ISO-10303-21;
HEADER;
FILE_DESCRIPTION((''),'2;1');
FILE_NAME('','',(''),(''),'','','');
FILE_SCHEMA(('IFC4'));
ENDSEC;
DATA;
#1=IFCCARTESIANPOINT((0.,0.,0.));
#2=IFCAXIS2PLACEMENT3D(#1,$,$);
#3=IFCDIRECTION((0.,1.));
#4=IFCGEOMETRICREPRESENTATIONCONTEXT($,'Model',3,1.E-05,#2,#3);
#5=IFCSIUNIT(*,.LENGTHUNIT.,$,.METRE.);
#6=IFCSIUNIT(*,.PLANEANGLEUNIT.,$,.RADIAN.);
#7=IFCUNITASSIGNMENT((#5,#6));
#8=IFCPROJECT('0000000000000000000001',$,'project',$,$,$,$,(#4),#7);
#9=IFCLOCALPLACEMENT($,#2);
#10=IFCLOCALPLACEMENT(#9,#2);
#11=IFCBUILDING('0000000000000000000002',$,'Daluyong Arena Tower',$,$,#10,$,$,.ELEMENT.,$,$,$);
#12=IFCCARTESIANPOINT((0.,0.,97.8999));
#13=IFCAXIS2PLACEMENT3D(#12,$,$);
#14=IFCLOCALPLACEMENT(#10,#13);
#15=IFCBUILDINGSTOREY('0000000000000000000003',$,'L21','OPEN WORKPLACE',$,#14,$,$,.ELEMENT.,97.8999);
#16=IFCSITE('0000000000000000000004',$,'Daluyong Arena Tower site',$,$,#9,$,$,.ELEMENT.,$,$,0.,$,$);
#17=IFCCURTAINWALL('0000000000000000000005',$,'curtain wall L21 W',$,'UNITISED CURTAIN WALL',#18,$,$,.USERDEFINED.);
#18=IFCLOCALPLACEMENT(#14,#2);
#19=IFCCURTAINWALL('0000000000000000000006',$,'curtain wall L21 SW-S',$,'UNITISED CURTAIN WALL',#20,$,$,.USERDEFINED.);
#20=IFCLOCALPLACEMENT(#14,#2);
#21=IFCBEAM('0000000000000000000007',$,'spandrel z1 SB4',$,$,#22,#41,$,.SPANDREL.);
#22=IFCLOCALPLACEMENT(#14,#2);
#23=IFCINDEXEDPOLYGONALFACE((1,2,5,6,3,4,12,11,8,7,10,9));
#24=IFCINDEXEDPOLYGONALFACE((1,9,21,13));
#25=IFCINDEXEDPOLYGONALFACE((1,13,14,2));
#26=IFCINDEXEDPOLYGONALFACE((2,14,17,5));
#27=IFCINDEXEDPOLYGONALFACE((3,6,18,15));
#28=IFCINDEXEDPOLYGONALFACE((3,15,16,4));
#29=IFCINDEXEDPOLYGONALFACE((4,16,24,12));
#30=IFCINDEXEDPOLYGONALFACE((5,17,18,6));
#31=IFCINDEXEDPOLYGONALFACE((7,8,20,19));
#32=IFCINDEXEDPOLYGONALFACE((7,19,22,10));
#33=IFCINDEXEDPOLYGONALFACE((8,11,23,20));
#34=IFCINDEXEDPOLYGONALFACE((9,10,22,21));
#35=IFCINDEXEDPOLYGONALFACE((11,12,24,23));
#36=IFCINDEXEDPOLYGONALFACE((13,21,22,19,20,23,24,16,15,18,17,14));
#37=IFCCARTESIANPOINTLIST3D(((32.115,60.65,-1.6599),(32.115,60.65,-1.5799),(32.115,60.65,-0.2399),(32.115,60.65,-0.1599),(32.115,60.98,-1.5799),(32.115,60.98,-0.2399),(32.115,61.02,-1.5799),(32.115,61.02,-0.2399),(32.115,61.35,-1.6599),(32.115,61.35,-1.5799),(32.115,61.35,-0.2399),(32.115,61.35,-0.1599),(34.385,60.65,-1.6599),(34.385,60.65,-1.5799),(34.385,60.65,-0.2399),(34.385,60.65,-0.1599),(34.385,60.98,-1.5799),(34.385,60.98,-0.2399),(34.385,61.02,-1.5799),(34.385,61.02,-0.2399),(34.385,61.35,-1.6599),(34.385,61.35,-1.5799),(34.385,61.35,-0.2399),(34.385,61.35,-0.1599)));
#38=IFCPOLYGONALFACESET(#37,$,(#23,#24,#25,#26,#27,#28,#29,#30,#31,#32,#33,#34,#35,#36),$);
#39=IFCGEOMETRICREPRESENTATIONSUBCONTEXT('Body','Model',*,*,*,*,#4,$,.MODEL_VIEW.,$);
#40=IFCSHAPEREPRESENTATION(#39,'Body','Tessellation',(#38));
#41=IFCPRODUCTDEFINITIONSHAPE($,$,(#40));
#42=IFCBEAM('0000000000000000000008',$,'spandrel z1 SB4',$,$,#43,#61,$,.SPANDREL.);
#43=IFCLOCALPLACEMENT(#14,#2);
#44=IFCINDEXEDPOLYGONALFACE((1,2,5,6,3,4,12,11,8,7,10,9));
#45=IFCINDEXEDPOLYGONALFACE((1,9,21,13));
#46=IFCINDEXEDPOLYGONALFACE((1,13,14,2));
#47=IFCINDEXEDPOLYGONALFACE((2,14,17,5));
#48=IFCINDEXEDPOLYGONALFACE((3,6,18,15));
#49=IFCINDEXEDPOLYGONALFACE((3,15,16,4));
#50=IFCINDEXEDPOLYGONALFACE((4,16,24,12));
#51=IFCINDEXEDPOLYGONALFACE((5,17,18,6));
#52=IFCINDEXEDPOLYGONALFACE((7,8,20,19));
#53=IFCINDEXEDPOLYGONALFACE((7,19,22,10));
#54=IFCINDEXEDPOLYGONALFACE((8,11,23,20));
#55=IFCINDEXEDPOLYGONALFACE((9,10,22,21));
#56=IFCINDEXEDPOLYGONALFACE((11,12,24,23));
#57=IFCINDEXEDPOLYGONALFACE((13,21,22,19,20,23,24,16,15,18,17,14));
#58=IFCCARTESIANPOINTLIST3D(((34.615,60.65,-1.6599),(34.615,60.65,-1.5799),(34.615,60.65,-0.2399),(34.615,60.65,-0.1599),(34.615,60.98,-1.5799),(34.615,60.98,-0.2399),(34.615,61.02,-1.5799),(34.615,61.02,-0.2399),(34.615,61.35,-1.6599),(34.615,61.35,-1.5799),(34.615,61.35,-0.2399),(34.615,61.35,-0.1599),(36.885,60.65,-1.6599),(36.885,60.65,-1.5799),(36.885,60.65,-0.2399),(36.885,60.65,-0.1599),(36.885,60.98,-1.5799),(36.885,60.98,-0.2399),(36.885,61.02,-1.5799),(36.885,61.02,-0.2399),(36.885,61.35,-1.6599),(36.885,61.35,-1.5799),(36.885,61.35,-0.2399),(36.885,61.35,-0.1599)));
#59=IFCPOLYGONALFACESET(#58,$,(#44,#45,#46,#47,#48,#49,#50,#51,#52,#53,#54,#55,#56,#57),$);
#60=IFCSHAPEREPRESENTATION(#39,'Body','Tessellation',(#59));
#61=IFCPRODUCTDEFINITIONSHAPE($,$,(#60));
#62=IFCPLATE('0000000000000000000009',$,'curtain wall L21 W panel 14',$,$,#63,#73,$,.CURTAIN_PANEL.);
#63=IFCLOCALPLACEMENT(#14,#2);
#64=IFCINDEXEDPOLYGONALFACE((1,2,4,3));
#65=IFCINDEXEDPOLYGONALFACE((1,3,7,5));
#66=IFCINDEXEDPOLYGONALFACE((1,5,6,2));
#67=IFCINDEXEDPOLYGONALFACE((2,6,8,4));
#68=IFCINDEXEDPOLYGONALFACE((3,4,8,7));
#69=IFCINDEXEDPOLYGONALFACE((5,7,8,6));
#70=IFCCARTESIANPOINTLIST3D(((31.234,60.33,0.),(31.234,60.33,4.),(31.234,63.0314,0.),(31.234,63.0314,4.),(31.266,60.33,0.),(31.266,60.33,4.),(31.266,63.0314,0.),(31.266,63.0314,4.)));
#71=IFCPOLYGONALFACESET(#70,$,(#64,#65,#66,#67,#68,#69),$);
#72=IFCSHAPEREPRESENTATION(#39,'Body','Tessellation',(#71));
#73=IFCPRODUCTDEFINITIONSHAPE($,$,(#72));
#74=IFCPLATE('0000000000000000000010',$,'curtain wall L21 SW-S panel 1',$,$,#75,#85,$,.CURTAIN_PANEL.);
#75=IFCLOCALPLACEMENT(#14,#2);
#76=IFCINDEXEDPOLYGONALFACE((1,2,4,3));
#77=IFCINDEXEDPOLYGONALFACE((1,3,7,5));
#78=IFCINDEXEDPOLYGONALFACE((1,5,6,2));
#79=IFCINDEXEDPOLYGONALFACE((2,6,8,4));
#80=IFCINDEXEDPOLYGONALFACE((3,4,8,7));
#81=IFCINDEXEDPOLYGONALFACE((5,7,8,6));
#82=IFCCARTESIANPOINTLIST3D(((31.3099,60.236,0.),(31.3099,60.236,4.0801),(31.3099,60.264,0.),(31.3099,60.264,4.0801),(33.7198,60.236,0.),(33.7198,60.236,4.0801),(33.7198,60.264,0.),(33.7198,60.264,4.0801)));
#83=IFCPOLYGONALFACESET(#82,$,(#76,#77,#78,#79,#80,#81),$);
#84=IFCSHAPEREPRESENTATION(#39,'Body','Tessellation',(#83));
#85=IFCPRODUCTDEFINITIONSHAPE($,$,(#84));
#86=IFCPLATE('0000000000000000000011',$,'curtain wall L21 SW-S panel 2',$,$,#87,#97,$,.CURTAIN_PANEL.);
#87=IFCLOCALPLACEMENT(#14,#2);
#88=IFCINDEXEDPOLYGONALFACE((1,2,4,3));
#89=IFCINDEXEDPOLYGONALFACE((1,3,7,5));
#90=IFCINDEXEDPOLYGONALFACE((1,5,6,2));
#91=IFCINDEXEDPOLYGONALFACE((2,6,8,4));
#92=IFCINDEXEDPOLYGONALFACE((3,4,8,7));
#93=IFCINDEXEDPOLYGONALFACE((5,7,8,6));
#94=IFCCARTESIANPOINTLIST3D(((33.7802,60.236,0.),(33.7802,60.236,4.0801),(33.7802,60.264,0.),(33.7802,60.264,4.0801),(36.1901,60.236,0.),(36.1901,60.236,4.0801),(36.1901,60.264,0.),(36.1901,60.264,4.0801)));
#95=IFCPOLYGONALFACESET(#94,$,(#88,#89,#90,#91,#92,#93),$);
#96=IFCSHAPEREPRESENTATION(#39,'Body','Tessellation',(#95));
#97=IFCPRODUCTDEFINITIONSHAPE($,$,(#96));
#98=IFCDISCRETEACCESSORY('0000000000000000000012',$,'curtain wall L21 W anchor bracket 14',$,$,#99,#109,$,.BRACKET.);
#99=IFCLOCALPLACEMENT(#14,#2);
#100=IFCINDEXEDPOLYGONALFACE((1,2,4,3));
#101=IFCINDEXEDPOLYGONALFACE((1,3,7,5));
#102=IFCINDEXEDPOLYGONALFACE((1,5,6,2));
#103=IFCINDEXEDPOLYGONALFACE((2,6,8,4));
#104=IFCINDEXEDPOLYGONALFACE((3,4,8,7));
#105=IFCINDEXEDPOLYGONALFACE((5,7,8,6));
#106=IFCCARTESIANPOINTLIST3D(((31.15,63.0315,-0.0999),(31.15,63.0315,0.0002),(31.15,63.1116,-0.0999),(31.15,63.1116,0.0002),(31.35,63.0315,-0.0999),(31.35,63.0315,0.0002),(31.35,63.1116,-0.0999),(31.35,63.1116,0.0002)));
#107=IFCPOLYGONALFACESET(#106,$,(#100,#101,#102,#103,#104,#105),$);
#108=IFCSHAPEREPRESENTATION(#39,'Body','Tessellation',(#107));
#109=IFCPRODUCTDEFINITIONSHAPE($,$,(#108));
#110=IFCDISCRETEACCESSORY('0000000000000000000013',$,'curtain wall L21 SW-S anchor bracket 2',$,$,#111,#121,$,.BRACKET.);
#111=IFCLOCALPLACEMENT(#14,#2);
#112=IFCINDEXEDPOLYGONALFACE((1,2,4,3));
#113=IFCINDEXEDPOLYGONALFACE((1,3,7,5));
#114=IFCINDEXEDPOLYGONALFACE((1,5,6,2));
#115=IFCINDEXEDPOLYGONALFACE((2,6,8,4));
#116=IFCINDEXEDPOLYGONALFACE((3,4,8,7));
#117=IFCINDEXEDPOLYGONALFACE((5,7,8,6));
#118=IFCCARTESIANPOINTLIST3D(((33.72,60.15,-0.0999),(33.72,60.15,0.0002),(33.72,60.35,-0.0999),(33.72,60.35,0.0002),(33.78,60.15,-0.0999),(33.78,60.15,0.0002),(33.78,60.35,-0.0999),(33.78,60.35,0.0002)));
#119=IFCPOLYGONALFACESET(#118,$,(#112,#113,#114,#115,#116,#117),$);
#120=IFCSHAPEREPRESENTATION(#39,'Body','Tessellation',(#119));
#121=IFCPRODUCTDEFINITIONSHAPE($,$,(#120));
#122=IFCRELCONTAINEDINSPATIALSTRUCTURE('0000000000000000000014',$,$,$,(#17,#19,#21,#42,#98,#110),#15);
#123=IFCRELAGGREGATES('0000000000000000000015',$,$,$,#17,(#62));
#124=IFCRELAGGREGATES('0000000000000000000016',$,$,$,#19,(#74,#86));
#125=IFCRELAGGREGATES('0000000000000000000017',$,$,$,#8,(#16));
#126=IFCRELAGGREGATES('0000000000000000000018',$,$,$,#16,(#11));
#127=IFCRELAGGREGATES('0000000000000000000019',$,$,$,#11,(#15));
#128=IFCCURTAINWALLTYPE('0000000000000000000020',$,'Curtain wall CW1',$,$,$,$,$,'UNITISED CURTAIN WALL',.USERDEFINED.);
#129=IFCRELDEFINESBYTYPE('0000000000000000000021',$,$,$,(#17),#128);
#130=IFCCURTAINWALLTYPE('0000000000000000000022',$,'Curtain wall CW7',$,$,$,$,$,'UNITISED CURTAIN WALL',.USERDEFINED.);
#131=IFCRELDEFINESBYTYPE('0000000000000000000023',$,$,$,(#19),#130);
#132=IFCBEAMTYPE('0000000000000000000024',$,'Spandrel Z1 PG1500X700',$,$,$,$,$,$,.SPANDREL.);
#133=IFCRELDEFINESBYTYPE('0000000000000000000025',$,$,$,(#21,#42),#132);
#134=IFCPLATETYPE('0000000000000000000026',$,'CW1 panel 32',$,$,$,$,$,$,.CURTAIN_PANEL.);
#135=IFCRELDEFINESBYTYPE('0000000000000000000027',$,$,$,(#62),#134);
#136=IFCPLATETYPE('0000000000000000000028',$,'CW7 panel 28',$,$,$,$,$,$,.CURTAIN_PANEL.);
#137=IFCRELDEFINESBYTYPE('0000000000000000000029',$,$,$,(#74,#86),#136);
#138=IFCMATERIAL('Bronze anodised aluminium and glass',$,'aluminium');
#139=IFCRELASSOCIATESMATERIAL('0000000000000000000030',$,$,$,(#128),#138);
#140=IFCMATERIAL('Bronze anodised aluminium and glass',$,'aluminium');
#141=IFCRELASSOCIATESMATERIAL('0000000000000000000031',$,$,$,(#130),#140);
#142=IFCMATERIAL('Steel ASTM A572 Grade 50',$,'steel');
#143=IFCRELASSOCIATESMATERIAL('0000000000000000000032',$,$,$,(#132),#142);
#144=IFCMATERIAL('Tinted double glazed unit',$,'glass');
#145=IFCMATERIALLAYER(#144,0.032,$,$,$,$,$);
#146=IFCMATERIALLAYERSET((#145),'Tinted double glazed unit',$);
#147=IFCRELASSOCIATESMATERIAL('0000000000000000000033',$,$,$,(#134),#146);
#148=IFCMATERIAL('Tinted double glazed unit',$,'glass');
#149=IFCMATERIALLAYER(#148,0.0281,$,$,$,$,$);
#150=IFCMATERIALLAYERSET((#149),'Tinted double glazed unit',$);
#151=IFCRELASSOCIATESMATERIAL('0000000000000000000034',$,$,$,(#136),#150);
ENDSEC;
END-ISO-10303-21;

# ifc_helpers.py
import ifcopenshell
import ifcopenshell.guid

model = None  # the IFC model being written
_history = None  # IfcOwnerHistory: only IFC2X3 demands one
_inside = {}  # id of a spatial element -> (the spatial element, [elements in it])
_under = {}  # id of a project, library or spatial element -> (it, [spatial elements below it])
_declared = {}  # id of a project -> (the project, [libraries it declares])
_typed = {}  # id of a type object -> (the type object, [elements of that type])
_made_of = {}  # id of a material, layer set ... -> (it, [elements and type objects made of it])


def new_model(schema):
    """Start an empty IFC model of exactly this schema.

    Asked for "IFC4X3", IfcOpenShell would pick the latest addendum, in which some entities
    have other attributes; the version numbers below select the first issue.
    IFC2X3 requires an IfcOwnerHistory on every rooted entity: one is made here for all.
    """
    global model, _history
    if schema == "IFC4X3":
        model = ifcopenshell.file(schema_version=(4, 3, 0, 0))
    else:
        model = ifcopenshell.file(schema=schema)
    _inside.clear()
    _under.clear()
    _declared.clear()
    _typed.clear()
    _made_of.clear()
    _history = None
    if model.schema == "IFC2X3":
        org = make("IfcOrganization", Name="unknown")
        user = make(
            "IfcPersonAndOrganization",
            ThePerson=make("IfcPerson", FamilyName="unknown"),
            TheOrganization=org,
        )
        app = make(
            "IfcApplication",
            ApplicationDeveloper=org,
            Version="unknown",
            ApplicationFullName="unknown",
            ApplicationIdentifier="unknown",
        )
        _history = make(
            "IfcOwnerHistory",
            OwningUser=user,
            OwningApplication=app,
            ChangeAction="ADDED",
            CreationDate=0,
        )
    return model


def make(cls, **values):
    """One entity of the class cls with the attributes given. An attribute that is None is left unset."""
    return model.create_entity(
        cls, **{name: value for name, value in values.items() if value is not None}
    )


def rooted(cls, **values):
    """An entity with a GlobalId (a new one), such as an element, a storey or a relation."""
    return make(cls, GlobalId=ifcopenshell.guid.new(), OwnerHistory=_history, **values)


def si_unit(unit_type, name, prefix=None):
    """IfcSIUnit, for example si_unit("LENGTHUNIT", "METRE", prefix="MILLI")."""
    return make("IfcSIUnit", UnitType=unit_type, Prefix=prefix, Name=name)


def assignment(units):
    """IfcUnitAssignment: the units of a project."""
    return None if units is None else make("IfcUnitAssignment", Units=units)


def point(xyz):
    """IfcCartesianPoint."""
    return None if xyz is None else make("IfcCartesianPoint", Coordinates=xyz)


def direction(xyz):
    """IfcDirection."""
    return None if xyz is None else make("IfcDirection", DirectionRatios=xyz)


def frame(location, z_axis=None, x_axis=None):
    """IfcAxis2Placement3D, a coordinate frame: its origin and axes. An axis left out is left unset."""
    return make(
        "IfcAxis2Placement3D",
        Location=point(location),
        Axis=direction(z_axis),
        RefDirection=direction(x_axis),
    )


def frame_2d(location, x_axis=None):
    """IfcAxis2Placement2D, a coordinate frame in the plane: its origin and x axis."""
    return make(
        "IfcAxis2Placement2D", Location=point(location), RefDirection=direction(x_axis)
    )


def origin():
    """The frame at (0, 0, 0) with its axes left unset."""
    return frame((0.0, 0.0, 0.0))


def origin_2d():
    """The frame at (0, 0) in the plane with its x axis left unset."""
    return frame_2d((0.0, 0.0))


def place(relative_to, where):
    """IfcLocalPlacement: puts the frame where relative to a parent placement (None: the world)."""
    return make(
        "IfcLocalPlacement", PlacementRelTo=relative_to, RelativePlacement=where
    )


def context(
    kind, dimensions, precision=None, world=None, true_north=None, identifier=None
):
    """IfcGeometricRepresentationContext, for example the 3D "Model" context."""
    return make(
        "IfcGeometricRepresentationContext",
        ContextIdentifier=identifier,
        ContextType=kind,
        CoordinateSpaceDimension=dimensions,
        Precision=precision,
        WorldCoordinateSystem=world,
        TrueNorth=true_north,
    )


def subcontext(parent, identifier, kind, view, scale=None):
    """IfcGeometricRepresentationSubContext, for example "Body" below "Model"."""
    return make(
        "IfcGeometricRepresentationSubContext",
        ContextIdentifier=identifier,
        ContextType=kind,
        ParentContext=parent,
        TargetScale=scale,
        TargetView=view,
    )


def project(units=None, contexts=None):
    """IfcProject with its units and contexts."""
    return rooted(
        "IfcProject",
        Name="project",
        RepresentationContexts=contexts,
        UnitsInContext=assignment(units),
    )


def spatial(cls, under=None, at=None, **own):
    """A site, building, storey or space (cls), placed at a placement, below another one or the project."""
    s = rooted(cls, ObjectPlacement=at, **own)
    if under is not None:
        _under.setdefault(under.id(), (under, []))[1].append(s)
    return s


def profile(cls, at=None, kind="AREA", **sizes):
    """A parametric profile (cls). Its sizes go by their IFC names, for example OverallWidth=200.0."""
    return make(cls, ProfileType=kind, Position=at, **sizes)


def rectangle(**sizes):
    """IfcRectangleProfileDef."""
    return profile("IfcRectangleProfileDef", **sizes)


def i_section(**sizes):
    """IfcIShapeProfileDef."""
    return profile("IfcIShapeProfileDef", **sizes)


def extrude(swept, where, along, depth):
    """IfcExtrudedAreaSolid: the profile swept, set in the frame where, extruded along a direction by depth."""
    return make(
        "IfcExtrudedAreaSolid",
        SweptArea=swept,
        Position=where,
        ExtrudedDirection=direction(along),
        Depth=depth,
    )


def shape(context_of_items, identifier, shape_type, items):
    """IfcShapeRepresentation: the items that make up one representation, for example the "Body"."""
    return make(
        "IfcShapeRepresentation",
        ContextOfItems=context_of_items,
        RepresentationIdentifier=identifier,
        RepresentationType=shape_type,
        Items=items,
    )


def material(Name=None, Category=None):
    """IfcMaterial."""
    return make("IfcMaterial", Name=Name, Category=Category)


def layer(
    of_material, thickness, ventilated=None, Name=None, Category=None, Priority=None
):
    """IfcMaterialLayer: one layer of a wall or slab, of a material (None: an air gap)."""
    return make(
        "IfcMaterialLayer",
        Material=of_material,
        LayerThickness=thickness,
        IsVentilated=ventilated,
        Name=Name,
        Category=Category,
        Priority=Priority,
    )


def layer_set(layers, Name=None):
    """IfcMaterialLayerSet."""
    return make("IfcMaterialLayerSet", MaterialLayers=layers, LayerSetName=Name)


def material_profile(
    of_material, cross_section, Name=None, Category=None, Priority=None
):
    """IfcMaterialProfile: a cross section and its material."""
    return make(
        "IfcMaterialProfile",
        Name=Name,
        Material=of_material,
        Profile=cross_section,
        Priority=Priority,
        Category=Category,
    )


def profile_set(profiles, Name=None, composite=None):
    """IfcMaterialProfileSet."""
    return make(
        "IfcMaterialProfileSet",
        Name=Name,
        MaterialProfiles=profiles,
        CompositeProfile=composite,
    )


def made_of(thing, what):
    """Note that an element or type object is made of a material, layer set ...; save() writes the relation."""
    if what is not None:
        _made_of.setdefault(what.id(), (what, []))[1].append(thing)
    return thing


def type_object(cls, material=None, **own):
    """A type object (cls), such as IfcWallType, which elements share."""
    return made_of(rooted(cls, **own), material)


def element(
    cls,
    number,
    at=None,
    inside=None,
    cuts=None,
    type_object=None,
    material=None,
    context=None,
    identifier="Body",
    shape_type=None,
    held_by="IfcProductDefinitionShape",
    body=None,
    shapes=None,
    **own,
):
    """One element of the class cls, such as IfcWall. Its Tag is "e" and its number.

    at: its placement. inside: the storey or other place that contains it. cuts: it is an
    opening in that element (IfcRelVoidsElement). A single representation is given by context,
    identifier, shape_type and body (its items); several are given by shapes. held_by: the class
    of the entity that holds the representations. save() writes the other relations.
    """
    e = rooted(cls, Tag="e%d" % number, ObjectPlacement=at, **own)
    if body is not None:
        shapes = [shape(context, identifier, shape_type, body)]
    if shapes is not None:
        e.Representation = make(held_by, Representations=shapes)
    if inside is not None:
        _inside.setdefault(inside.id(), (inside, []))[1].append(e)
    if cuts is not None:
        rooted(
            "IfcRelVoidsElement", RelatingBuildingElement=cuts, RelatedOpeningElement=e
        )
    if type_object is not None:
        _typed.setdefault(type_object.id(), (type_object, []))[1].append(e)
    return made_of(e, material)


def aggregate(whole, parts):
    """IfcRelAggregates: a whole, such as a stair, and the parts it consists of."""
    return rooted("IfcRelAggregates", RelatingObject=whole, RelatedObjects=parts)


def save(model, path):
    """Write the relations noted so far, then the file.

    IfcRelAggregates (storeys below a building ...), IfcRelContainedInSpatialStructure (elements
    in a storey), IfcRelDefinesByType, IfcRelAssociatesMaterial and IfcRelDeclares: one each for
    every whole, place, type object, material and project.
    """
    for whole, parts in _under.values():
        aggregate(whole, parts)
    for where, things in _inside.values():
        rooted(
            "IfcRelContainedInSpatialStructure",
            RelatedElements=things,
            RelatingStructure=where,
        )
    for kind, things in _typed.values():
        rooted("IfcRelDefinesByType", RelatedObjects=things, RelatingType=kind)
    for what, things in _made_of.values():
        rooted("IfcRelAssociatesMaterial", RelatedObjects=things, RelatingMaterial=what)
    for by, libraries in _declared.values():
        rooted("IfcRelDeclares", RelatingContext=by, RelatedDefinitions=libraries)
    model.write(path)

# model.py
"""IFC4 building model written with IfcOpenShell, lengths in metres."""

from ifc_helpers import new_model, si_unit, direction, frame, origin, origin_2d, place, context, subcontext, project, spatial, rectangle, i_section, extrude, material, layer, layer_set, material_profile, profile_set, type_object, element, aggregate, save


model = new_model("IFC4")

# Units and contexts
model_context = context("Model", 3, precision=1e-05, world=origin(), true_north=direction((0.0, 1.0)))
body_context = subcontext(model_context, "Body", "Model", "MODEL_VIEW")
ifc_project = project(units=[si_unit("LENGTHUNIT", "METRE"), si_unit("PLANEANGLEUNIT", "RADIAN")], contexts=[model_context])

# Site, building, storey
site_placement = place(None, origin())
site = spatial("IfcSite", under=ifc_project, at=site_placement, Name="Daluyong Arena Tower site", CompositionType="ELEMENT", RefElevation=0.0)
building_placement = place(site_placement, origin())
building = spatial("IfcBuilding", under=site, at=building_placement, Name="Daluyong Arena Tower", CompositionType="ELEMENT")
storey_placement = place(building_placement, frame((0.0, 0.0, 97.8999)))
storey = spatial("IfcBuildingStorey", under=building, at=storey_placement, Name="L21", Description="OPEN WORKPLACE", CompositionType="ELEMENT", Elevation=97.8999)

# Curtain walls
ifc_material_1 = material(Name="Bronze anodised aluminium and glass", Category="aluminium")
curtain_wall_type_1 = type_object("IfcCurtainWallType", Name="Curtain wall CW1", ElementType="UNITISED CURTAIN WALL", PredefinedType="USERDEFINED", material=ifc_material_1)
curtain_wall_1_placement = place(storey_placement, origin())
curtain_wall_1 = element("IfcCurtainWall", 1, at=curtain_wall_1_placement, inside=storey, type_object=curtain_wall_type_1, Name="curtain wall L21 W", ObjectType="UNITISED CURTAIN WALL", PredefinedType="USERDEFINED")
ifc_material_2 = material(Name="Bronze anodised aluminium and glass", Category="aluminium")
curtain_wall_type_2 = type_object("IfcCurtainWallType", Name="Curtain wall CW7", ElementType="UNITISED CURTAIN WALL", PredefinedType="USERDEFINED", material=ifc_material_2)
curtain_wall_2_placement = place(storey_placement, origin())
curtain_wall_2 = element("IfcCurtainWall", 2, at=curtain_wall_2_placement, inside=storey, type_object=curtain_wall_type_2, Name="curtain wall L21 SW-S", ObjectType="UNITISED CURTAIN WALL", PredefinedType="USERDEFINED")

# Beams
ifc_material_3 = material(Name="Steel ASTM A572 Grade 50", Category="steel")
ifc_material_profile_1 = material_profile(ifc_material_3, i_section(OverallWidth=0.7, OverallDepth=1.5, WebThickness=0.04, FlangeThickness=0.08, at=origin_2d()))
ifc_profile_set_1 = profile_set([ifc_material_profile_1], Name="Steel ASTM A572 Grade 50")
beam_type = type_object("IfcBeamType", Name="Spandrel Z1 PG1500X700", PredefinedType="SPANDREL", material=ifc_profile_set_1)
for number, where, z_axis, x_axis, name in (
    (3, (32.115, 61.0, -0.9099), (1.0, 0.0, 0.0), (0.0, 1.0, 0.0), "spandrel z1 SB4"),
    (4, (34.615, 61.0, -0.9099), (1.0, 0.0, 0.0), (0.0, 1.0, 0.0), "spandrel z1 SB4"),
):
    element("IfcBeam", number, at=place(storey_placement, frame(where, z_axis=z_axis, x_axis=x_axis)), inside=storey, type_object=beam_type, Name=name, PredefinedType="SPANDREL", context=body_context, shape_type="SweptSolid", body=[
        extrude(i_section(OverallWidth=0.7, OverallDepth=1.5, WebThickness=0.04, FlangeThickness=0.08, at=origin_2d()), origin(), (0.0, 0.0, 1.0), 2.27),
    ])

# Plates
ifc_material_4 = material(Name="Tinted double glazed unit", Category="glass")
ifc_layer_1 = layer(ifc_material_4, 0.032)
ifc_layer_set_1 = layer_set([ifc_layer_1], Name="Tinted double glazed unit")
plate_type_1 = type_object("IfcPlateType", Name="CW1 panel 32", PredefinedType="CURTAIN_PANEL", material=ifc_layer_set_1)
plate_1_placement = place(storey_placement, frame((31.25, 61.6807, 0.0), z_axis=(0.0, 0.0, 1.0), x_axis=(0.0, -1.0, 0.0)))
plate_1 = element("IfcPlate", 5, at=plate_1_placement, type_object=plate_type_1, Name="curtain wall L21 W panel 14", PredefinedType="CURTAIN_PANEL", context=body_context, shape_type="SweptSolid", body=[
    extrude(rectangle(XDim=2.7014, YDim=0.032, at=origin_2d()), origin(), (0.0, 0.0, 1.0), 4.0),
])
aggregate(curtain_wall_1, [plate_1])
ifc_material_5 = material(Name="Tinted double glazed unit", Category="glass")
ifc_layer_2 = layer(ifc_material_5, 0.0281)
ifc_layer_set_2 = layer_set([ifc_layer_2], Name="Tinted double glazed unit")
plate_type_2 = type_object("IfcPlateType", Name="CW7 panel 28", PredefinedType="CURTAIN_PANEL", material=ifc_layer_set_2)
plate_2_placement = place(storey_placement, frame((32.5149, 60.25, 0.0), z_axis=(0.0, 0.0, 1.0), x_axis=(1.0, 0.0, 0.0)))
plate_2 = element("IfcPlate", 6, at=plate_2_placement, type_object=plate_type_2, Name="curtain wall L21 SW-S panel 1", PredefinedType="CURTAIN_PANEL", context=body_context, shape_type="SweptSolid", body=[
    extrude(rectangle(XDim=2.4099, YDim=0.0281, at=origin_2d()), origin(), (0.0, 0.0, 1.0), 4.0801),
])
plate_3_placement = place(storey_placement, frame((34.9851, 60.25, 0.0), z_axis=(0.0, 0.0, 1.0), x_axis=(1.0, 0.0, 0.0)))
plate_3 = element("IfcPlate", 7, at=plate_3_placement, type_object=plate_type_2, Name="curtain wall L21 SW-S panel 2", PredefinedType="CURTAIN_PANEL", context=body_context, shape_type="SweptSolid", body=[
    extrude(rectangle(XDim=2.4099, YDim=0.0281, at=origin_2d()), origin(), (0.0, 0.0, 1.0), 4.0801),
])
aggregate(curtain_wall_2, [plate_2, plate_3])

# Discrete accessories
discrete_accessory_1_placement = place(storey_placement, frame((31.25, 63.0715, -0.0999), z_axis=(0.0, 0.0, 1.0), x_axis=(0.0, -1.0, 0.0)))
element("IfcDiscreteAccessory", 8, at=discrete_accessory_1_placement, inside=storey, Name="curtain wall L21 W anchor bracket 14", PredefinedType="BRACKET", context=body_context, shape_type="SweptSolid", body=[
    extrude(rectangle(XDim=0.0801, YDim=0.2, at=origin_2d()), origin(), (0.0, 0.0, 1.0), 0.1001),
])
discrete_accessory_2_placement = place(storey_placement, frame((33.75, 60.25, -0.0999), z_axis=(0.0, 0.0, 1.0), x_axis=(1.0, 0.0, 0.0)))
element("IfcDiscreteAccessory", 9, at=discrete_accessory_2_placement, inside=storey, Name="curtain wall L21 SW-S anchor bracket 2", PredefinedType="BRACKET", context=body_context, shape_type="SweptSolid", body=[
    extrude(rectangle(XDim=0.0601, YDim=0.2, at=origin_2d()), origin(), (0.0, 0.0, 1.0), 0.1001),
])

save(model, "model.ifc")
